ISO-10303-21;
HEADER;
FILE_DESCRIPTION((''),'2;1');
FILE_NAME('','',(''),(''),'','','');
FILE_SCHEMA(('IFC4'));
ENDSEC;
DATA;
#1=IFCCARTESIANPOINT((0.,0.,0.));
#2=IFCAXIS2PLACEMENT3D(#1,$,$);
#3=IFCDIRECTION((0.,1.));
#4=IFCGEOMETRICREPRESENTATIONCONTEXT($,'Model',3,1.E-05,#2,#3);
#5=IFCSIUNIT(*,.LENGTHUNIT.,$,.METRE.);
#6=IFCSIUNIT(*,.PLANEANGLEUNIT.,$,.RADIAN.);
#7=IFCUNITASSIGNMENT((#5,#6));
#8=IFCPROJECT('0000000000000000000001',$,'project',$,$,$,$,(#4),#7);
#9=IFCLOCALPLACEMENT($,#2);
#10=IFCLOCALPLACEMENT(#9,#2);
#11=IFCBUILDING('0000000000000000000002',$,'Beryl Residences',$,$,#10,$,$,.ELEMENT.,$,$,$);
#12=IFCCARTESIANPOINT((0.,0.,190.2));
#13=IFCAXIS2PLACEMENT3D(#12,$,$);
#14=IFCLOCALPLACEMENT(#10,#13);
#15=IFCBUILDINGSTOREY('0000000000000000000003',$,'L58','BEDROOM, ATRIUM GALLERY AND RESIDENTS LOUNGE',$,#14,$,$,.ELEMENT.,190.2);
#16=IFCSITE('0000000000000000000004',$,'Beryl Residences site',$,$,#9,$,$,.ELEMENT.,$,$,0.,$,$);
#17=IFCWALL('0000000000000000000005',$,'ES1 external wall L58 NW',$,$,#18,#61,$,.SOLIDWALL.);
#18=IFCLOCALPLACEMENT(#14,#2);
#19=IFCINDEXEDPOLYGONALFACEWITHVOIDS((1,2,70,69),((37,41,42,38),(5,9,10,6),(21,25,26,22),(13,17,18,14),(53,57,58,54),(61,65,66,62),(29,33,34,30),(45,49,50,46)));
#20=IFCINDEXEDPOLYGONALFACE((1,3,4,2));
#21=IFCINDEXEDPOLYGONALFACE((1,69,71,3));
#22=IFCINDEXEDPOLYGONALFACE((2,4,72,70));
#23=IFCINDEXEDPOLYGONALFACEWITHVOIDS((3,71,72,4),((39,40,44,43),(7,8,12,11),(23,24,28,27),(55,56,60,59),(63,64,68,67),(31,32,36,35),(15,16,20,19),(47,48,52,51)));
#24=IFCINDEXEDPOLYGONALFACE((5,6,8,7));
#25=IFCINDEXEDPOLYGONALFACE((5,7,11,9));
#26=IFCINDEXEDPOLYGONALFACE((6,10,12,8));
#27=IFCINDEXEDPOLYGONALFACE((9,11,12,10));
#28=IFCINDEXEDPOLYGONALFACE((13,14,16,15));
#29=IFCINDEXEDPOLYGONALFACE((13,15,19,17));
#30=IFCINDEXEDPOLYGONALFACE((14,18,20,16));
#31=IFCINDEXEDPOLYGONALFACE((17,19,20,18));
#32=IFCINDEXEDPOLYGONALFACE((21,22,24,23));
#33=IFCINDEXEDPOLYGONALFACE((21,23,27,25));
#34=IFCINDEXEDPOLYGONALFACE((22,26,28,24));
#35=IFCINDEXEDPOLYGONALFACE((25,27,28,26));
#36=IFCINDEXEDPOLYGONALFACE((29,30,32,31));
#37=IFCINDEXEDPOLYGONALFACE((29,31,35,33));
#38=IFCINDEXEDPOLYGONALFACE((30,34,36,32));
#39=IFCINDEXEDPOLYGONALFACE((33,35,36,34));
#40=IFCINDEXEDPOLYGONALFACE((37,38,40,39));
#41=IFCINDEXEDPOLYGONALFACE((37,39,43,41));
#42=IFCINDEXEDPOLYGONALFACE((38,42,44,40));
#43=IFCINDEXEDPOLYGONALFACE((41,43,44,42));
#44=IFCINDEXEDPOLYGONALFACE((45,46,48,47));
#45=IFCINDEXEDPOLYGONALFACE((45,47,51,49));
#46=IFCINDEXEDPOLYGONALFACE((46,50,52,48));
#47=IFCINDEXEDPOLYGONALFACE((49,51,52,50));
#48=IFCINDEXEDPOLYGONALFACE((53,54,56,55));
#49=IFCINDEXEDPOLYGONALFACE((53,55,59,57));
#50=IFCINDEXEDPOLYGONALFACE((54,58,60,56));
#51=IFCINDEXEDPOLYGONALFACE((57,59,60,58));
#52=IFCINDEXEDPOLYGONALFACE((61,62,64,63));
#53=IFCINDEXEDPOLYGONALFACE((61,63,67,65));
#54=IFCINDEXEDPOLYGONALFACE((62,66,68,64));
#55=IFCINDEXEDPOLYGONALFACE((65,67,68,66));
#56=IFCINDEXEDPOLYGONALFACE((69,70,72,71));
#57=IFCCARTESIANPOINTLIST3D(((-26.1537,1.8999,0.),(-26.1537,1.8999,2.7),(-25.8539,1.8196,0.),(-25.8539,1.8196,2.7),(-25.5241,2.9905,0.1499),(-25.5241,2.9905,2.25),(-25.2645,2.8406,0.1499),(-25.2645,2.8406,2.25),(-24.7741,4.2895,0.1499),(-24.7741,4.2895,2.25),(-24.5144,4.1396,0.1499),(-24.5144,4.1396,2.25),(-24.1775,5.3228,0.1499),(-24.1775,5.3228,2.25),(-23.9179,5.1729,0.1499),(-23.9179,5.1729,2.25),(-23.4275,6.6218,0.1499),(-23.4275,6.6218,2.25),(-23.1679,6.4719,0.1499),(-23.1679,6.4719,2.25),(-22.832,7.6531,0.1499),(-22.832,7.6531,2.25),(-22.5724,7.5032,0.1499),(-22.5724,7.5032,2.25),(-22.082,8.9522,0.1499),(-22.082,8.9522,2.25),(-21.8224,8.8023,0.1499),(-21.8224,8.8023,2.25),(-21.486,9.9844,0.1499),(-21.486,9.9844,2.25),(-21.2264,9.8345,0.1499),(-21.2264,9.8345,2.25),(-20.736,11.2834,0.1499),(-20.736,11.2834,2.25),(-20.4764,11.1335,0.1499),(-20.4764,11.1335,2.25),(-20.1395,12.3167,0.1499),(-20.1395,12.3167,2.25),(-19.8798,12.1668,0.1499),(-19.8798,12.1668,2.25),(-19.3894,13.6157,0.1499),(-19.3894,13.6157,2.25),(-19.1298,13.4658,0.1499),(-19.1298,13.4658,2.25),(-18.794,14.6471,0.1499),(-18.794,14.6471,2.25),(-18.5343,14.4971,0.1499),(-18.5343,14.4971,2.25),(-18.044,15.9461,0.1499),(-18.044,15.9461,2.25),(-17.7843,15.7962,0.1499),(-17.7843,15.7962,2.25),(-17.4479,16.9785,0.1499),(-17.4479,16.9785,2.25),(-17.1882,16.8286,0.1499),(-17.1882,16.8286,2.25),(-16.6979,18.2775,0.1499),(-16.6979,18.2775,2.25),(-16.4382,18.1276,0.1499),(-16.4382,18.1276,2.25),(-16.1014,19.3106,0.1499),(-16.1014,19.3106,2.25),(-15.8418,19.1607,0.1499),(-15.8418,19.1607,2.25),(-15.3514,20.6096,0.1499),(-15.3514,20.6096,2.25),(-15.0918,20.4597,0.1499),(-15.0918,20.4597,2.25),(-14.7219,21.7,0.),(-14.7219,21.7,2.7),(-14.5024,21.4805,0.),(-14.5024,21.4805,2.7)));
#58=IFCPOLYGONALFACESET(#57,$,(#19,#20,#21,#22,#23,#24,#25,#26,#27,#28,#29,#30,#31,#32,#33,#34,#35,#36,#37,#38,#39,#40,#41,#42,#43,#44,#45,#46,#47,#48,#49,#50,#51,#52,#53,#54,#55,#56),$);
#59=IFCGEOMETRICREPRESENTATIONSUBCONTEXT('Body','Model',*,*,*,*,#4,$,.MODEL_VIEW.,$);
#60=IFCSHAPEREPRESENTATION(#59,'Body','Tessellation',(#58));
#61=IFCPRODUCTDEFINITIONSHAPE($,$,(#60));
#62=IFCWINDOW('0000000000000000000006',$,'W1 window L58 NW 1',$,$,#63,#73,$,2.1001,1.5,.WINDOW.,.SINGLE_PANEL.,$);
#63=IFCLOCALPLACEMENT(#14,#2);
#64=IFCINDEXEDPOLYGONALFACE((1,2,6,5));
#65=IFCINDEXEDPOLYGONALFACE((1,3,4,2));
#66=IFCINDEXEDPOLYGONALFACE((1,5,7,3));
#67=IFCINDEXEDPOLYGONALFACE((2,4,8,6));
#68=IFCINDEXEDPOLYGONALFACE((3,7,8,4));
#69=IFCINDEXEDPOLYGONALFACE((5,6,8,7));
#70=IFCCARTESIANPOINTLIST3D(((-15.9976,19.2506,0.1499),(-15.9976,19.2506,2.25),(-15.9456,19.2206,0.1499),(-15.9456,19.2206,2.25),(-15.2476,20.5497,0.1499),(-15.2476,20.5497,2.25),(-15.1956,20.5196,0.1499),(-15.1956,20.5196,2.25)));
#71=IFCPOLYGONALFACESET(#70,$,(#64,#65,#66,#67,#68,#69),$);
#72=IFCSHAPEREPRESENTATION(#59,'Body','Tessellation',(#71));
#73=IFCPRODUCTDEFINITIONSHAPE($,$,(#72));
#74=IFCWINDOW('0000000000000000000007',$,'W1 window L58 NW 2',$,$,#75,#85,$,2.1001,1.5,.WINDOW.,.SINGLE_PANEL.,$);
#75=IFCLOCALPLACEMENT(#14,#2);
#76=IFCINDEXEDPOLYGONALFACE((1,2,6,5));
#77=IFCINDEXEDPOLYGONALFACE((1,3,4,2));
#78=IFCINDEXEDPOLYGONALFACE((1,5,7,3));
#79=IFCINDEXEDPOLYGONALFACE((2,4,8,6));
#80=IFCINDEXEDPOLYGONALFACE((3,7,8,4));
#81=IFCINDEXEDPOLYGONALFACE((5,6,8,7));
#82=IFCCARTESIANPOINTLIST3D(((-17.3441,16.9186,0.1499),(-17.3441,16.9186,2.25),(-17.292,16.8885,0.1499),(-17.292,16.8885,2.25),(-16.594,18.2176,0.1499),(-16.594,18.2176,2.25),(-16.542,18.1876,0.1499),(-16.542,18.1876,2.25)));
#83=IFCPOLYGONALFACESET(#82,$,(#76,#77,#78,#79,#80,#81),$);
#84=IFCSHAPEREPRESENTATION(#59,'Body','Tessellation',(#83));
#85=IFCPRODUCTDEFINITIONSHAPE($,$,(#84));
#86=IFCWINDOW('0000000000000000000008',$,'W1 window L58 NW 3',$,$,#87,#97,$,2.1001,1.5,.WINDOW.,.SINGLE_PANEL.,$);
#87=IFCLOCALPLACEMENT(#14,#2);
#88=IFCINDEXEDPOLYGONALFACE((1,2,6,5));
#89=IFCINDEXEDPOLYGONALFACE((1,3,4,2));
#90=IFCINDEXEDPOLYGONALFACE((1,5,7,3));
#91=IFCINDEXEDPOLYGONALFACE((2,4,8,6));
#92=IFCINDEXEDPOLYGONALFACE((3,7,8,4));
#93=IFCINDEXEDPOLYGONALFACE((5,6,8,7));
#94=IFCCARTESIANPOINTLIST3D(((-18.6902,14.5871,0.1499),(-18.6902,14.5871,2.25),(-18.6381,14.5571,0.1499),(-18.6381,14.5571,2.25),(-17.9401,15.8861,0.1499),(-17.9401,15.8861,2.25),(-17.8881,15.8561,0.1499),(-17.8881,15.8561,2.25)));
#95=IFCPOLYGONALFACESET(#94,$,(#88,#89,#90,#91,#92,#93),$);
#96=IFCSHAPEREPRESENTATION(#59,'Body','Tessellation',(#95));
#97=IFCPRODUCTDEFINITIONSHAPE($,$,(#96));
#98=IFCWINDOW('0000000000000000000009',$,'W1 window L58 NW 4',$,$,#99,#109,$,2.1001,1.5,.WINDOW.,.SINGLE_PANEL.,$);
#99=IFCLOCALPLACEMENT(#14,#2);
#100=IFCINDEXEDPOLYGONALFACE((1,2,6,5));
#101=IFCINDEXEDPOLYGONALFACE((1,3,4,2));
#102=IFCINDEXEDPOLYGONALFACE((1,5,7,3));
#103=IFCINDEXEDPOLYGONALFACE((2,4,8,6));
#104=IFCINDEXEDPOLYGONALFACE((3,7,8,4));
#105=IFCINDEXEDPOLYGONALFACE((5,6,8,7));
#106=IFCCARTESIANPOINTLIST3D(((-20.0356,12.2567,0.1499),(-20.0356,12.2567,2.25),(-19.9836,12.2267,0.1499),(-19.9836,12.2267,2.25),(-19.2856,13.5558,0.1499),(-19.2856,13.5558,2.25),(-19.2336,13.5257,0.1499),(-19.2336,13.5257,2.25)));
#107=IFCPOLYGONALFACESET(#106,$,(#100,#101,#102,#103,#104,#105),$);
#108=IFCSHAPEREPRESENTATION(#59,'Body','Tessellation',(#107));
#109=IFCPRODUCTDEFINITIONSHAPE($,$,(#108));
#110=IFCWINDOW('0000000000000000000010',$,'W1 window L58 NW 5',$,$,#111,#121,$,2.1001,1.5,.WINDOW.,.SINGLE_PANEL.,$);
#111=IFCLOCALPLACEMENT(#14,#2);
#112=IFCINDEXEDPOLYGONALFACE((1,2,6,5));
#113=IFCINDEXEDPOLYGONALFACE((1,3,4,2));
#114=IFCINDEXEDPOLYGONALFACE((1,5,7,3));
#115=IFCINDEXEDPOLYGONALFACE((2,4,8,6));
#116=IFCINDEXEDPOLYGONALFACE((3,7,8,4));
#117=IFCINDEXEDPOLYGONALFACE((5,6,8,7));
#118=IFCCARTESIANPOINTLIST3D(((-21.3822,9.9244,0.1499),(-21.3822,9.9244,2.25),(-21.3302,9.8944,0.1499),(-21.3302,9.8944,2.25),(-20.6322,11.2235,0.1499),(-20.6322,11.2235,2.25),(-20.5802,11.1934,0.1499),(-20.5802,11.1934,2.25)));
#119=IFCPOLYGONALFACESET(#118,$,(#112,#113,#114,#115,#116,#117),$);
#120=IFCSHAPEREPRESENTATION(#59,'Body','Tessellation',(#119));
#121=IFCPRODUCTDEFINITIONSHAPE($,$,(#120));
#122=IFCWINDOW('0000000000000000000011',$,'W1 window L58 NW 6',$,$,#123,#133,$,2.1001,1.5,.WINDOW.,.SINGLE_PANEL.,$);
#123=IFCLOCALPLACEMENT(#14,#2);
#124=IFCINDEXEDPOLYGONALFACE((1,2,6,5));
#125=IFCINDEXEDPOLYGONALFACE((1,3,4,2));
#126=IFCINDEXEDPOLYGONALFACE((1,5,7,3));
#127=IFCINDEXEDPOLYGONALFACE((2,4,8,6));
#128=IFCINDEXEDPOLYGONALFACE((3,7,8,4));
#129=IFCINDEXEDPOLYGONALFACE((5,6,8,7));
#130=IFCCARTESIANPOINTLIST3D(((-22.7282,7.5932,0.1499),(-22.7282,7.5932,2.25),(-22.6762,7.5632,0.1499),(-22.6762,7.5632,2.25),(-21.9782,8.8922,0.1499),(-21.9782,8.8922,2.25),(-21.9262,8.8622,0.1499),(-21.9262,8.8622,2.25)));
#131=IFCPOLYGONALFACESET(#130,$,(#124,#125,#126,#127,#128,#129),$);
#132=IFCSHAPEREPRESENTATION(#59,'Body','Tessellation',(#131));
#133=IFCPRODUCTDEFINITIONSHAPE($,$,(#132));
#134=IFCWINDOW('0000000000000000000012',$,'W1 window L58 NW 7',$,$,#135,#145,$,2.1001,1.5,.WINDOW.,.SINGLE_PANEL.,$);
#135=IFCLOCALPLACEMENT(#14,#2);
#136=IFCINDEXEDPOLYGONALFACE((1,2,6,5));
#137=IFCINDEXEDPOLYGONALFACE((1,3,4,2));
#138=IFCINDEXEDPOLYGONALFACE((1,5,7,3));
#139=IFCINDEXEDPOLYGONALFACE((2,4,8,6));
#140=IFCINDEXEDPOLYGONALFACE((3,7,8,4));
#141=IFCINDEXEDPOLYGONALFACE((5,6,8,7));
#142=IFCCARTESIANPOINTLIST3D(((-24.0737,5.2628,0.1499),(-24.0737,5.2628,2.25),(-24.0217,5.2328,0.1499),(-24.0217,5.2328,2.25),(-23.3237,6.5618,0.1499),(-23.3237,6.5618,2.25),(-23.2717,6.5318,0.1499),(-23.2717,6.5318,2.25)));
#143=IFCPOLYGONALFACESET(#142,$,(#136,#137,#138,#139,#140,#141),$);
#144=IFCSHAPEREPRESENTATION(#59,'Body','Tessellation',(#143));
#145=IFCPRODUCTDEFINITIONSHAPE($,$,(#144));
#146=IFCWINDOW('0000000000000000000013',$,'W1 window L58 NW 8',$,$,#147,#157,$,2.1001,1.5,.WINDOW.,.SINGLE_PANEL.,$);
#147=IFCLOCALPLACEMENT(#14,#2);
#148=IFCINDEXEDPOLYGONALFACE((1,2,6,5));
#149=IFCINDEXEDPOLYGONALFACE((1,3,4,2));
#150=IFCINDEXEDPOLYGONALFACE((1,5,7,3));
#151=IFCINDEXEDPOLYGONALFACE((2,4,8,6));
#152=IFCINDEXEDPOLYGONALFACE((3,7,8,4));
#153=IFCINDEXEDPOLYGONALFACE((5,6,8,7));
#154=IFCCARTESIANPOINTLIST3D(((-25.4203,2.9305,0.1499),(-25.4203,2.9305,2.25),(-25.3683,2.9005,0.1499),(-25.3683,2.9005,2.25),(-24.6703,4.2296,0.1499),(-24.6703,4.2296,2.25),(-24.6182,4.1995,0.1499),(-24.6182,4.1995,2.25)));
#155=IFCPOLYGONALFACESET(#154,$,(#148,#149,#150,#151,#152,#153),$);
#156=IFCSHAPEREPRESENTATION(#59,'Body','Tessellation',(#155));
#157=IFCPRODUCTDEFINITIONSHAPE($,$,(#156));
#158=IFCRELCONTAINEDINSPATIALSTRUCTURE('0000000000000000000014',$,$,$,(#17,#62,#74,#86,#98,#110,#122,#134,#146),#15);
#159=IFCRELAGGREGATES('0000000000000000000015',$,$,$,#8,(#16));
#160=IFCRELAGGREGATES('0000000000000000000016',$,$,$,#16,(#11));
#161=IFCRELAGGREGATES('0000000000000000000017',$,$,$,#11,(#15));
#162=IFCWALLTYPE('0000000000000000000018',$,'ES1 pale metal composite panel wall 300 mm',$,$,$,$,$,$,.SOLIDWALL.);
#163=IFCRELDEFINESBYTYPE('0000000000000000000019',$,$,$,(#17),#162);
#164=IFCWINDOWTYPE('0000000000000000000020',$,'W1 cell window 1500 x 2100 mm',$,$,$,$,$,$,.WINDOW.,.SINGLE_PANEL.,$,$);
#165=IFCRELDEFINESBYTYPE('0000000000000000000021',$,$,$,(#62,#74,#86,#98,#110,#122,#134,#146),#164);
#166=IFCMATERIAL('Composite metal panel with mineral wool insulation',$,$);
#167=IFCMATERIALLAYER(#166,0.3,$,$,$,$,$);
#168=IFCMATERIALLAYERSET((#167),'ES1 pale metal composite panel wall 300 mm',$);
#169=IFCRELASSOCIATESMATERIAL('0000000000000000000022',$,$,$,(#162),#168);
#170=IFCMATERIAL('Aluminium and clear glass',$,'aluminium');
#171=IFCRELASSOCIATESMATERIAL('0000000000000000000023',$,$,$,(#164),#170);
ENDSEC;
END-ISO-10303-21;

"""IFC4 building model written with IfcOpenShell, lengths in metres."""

from ifc_helpers import new_model, si_unit, direction, frame, frame_2d, origin, place, context, subcontext, project, spatial, polyline, rectangle, outline, extrude, material, layer, layer_set, type_object, element, fill, save


model = new_model("IFC4")

# Units and contexts
model_context = context("Model", 3, precision=1e-05, world=origin(), true_north=direction((0.0, 1.0)))
body_context = subcontext(model_context, "Body", "Model", "MODEL_VIEW")
ifc_project = project(units=[si_unit("LENGTHUNIT", "METRE"), si_unit("PLANEANGLEUNIT", "RADIAN")], contexts=[model_context])

# Site, building, storey
site_placement = place(None, origin())
site = spatial("IfcSite", under=ifc_project, at=site_placement, Name="Beryl Residences site", CompositionType="ELEMENT", RefElevation=0.0)
building_placement = place(site_placement, origin())
building = spatial("IfcBuilding", under=site, at=building_placement, Name="Beryl Residences", CompositionType="ELEMENT")
storey_placement = place(building_placement, frame((0.0, 0.0, 190.2)))
storey = spatial("IfcBuildingStorey", under=building, at=storey_placement, Name="L58", Description="BEDROOM, ATRIUM GALLERY AND RESIDENTS LOUNGE", CompositionType="ELEMENT", Elevation=190.2)

# Wall, openings, windows
ifc_material_1 = material(Name="Composite metal panel with mineral wool insulation")
ifc_layer_1 = layer(ifc_material_1, 0.3)
ifc_layer_set_1 = layer_set([ifc_layer_1], Name="ES1 pale metal composite panel wall 300 mm")
wall_type_1 = type_object("IfcWallType", Name="ES1 pale metal composite panel wall 300 mm", PredefinedType="SOLIDWALL", material=ifc_layer_set_1)
wall_1_placement = place(storey_placement, frame((-14.592, 21.625, 0.0), z_axis=(0.0, 0.0, 1.0), x_axis=(-0.500011, -0.866019, 0.0)))
wall_1 = element("IfcWall", 1, at=wall_1_placement, inside=storey, type_object=wall_type_1, Name="ES1 external wall L58 NW", PredefinedType="SOLIDWALL", context=body_context, shape_type="SweptSolid", body=[
    extrude(outline(polyline([(0.0, -0.1499), (22.8633, -0.1499), (22.783, 0.1499), (0.0803, 0.1499), (0.0, -0.1499)])), origin(), (0.0, 0.0, 1.0), 2.7),
])
opening_1_placement = place(wall_1_placement, frame((1.259, 0.0, 0.1499)))
opening_1 = element("IfcOpeningElement", 2, at=opening_1_placement, cuts=wall_1, PredefinedType="OPENING", context=body_context, shape_type="SweptSolid", body=[
    extrude(rectangle(XDim=1.5, YDim=2.1001, at=frame_2d((0.75, 1.05))), frame((0.0, 0.1599, 0.0), z_axis=(0.0, -1.0, 0.0), x_axis=(1.0, 0.0, 0.0)), (0.0, 0.0, 1.0), 0.3201),
])
opening_2_placement = place(wall_1_placement, frame((3.9519, 0.0, 0.1499)))
opening_2 = element("IfcOpeningElement", 3, at=opening_2_placement, cuts=wall_1, PredefinedType="OPENING", context=body_context, shape_type="SweptSolid", body=[
    extrude(rectangle(XDim=1.5, YDim=2.1001, at=frame_2d((0.75, 1.05))), frame((0.0, 0.1599, 0.0), z_axis=(0.0, -1.0, 0.0), x_axis=(1.0, 0.0, 0.0)), (0.0, 0.0, 1.0), 0.3201),
])
opening_3_placement = place(wall_1_placement, frame((6.644, 0.0, 0.1499)))
opening_3 = element("IfcOpeningElement", 4, at=opening_3_placement, cuts=wall_1, PredefinedType="OPENING", context=body_context, shape_type="SweptSolid", body=[
    extrude(rectangle(XDim=1.5, YDim=2.1001, at=frame_2d((0.75, 1.05))), frame((0.0, 0.1599, 0.0), z_axis=(0.0, -1.0, 0.0), x_axis=(1.0, 0.0, 0.0)), (0.0, 0.0, 1.0), 0.3201),
])
opening_4_placement = place(wall_1_placement, frame((9.335, 0.0, 0.1499)))
opening_4 = element("IfcOpeningElement", 5, at=opening_4_placement, cuts=wall_1, PredefinedType="OPENING", context=body_context, shape_type="SweptSolid", body=[
    extrude(rectangle(XDim=1.5, YDim=2.1001, at=frame_2d((0.75, 1.05))), frame((0.0, 0.1599, 0.0), z_axis=(0.0, -1.0, 0.0), x_axis=(1.0, 0.0, 0.0)), (0.0, 0.0, 1.0), 0.3201),
])
opening_5_placement = place(wall_1_placement, frame((12.0281, 0.0, 0.1499)))
opening_5 = element("IfcOpeningElement", 6, at=opening_5_placement, cuts=wall_1, PredefinedType="OPENING", context=body_context, shape_type="SweptSolid", body=[
    extrude(rectangle(XDim=1.5, YDim=2.1001, at=frame_2d((0.75, 1.05))), frame((0.0, 0.1599, 0.0), z_axis=(0.0, -1.0, 0.0), x_axis=(1.0, 0.0, 0.0)), (0.0, 0.0, 1.0), 0.3201),
])
opening_6_placement = place(wall_1_placement, frame((14.72, 0.0, 0.1499)))
opening_6 = element("IfcOpeningElement", 7, at=opening_6_placement, cuts=wall_1, PredefinedType="OPENING", context=body_context, shape_type="SweptSolid", body=[
    extrude(rectangle(XDim=1.5, YDim=2.1001, at=frame_2d((0.75, 1.05))), frame((0.0, 0.1599, 0.0), z_axis=(0.0, -1.0, 0.0), x_axis=(1.0, 0.0, 0.0)), (0.0, 0.0, 1.0), 0.3201),
])
opening_7_placement = place(wall_1_placement, frame((17.4109, 0.0, 0.1499)))
opening_7 = element("IfcOpeningElement", 8, at=opening_7_placement, cuts=wall_1, PredefinedType="OPENING", context=body_context, shape_type="SweptSolid", body=[
    extrude(rectangle(XDim=1.5, YDim=2.1001, at=frame_2d((0.75, 1.05))), frame((0.0, 0.1599, 0.0), z_axis=(0.0, -1.0, 0.0), x_axis=(1.0, 0.0, 0.0)), (0.0, 0.0, 1.0), 0.3201),
])
opening_8_placement = place(wall_1_placement, frame((20.104, 0.0, 0.1499)))
opening_8 = element("IfcOpeningElement", 9, at=opening_8_placement, cuts=wall_1, PredefinedType="OPENING", context=body_context, shape_type="SweptSolid", body=[
    extrude(rectangle(XDim=1.5, YDim=2.1001, at=frame_2d((0.75, 1.05))), frame((0.0, 0.1599, 0.0), z_axis=(0.0, -1.0, 0.0), x_axis=(1.0, 0.0, 0.0)), (0.0, 0.0, 1.0), 0.3201),
])
ifc_material_2 = material(Name="Aluminium and clear glass", Category="aluminium")
window_type = type_object("IfcWindowType", Name="W1 cell window 1500 x 2100 mm", PartitioningType="SINGLE_PANEL", PredefinedType="WINDOW", material=ifc_material_2)
window_1_placement = place(opening_1_placement, origin())
window_1 = element("IfcWindow", 10, at=window_1_placement, inside=storey, type_object=window_type, Name="W1 window L58 NW 1", OverallHeight=2.1001, OverallWidth=1.5, PartitioningType="SINGLE_PANEL", PredefinedType="WINDOW", context=body_context, shape_type="SweptSolid", body=[
    extrude(rectangle(XDim=1.5, YDim=2.1001, at=frame_2d((0.75, 1.05))), frame((0.0, 0.03, 0.0), z_axis=(0.0, -1.0, 0.0), x_axis=(1.0, 0.0, 0.0)), (0.0, 0.0, 1.0), 0.0601),
])
fill(opening_1, window_1)
window_2_placement = place(opening_2_placement, origin())
window_2 = element("IfcWindow", 11, at=window_2_placement, inside=storey, type_object=window_type, Name="W1 window L58 NW 2", OverallHeight=2.1001, OverallWidth=1.5, PartitioningType="SINGLE_PANEL", PredefinedType="WINDOW", context=body_context, shape_type="SweptSolid", body=[
    extrude(rectangle(XDim=1.5, YDim=2.1001, at=frame_2d((0.75, 1.05))), frame((0.0, 0.03, 0.0), z_axis=(0.0, -1.0, 0.0), x_axis=(1.0, 0.0, 0.0)), (0.0, 0.0, 1.0), 0.0601),
])
fill(opening_2, window_2)
window_3_placement = place(opening_3_placement, origin())
window_3 = element("IfcWindow", 12, at=window_3_placement, inside=storey, type_object=window_type, Name="W1 window L58 NW 3", OverallHeight=2.1001, OverallWidth=1.5, PartitioningType="SINGLE_PANEL", PredefinedType="WINDOW", context=body_context, shape_type="SweptSolid", body=[
    extrude(rectangle(XDim=1.5, YDim=2.1001, at=frame_2d((0.75, 1.05))), frame((0.0, 0.03, 0.0), z_axis=(0.0, -1.0, 0.0), x_axis=(1.0, 0.0, 0.0)), (0.0, 0.0, 1.0), 0.0601),
])
fill(opening_3, window_3)
window_4_placement = place(opening_4_placement, origin())
window_4 = element("IfcWindow", 13, at=window_4_placement, inside=storey, type_object=window_type, Name="W1 window L58 NW 4", OverallHeight=2.1001, OverallWidth=1.5, PartitioningType="SINGLE_PANEL", PredefinedType="WINDOW", context=body_context, shape_type="SweptSolid", body=[
    extrude(rectangle(XDim=1.5, YDim=2.1001, at=frame_2d((0.75, 1.05))), frame((0.0, 0.03, 0.0), z_axis=(0.0, -1.0, 0.0), x_axis=(1.0, 0.0, 0.0)), (0.0, 0.0, 1.0), 0.0601),
])
fill(opening_4, window_4)
window_5_placement = place(opening_5_placement, origin())
window_5 = element("IfcWindow", 14, at=window_5_placement, inside=storey, type_object=window_type, Name="W1 window L58 NW 5", OverallHeight=2.1001, OverallWidth=1.5, PartitioningType="SINGLE_PANEL", PredefinedType="WINDOW", context=body_context, shape_type="SweptSolid", body=[
    extrude(rectangle(XDim=1.5, YDim=2.1001, at=frame_2d((0.75, 1.05))), frame((0.0, 0.03, 0.0), z_axis=(0.0, -1.0, 0.0), x_axis=(1.0, 0.0, 0.0)), (0.0, 0.0, 1.0), 0.0601),
])
fill(opening_5, window_5)
window_6_placement = place(opening_6_placement, origin())
window_6 = element("IfcWindow", 15, at=window_6_placement, inside=storey, type_object=window_type, Name="W1 window L58 NW 6", OverallHeight=2.1001, OverallWidth=1.5, PartitioningType="SINGLE_PANEL", PredefinedType="WINDOW", context=body_context, shape_type="SweptSolid", body=[
    extrude(rectangle(XDim=1.5, YDim=2.1001, at=frame_2d((0.75, 1.05))), frame((0.0, 0.03, 0.0), z_axis=(0.0, -1.0, 0.0), x_axis=(1.0, 0.0, 0.0)), (0.0, 0.0, 1.0), 0.0601),
])
fill(opening_6, window_6)
window_7_placement = place(opening_7_placement, origin())
window_7 = element("IfcWindow", 16, at=window_7_placement, inside=storey, type_object=window_type, Name="W1 window L58 NW 7", OverallHeight=2.1001, OverallWidth=1.5, PartitioningType="SINGLE_PANEL", PredefinedType="WINDOW", context=body_context, shape_type="SweptSolid", body=[
    extrude(rectangle(XDim=1.5, YDim=2.1001, at=frame_2d((0.75, 1.05))), frame((0.0, 0.03, 0.0), z_axis=(0.0, -1.0, 0.0), x_axis=(1.0, 0.0, 0.0)), (0.0, 0.0, 1.0), 0.0601),
])
fill(opening_7, window_7)
window_8_placement = place(opening_8_placement, origin())
window_8 = element("IfcWindow", 17, at=window_8_placement, inside=storey, type_object=window_type, Name="W1 window L58 NW 8", OverallHeight=2.1001, OverallWidth=1.5, PartitioningType="SINGLE_PANEL", PredefinedType="WINDOW", context=body_context, shape_type="SweptSolid", body=[
    extrude(rectangle(XDim=1.5, YDim=2.1001, at=frame_2d((0.75, 1.05))), frame((0.0, 0.03, 0.0), z_axis=(0.0, -1.0, 0.0), x_axis=(1.0, 0.0, 0.0)), (0.0, 0.0, 1.0), 0.0601),
])
fill(opening_8, window_8)

save(model, "model.ifc")
